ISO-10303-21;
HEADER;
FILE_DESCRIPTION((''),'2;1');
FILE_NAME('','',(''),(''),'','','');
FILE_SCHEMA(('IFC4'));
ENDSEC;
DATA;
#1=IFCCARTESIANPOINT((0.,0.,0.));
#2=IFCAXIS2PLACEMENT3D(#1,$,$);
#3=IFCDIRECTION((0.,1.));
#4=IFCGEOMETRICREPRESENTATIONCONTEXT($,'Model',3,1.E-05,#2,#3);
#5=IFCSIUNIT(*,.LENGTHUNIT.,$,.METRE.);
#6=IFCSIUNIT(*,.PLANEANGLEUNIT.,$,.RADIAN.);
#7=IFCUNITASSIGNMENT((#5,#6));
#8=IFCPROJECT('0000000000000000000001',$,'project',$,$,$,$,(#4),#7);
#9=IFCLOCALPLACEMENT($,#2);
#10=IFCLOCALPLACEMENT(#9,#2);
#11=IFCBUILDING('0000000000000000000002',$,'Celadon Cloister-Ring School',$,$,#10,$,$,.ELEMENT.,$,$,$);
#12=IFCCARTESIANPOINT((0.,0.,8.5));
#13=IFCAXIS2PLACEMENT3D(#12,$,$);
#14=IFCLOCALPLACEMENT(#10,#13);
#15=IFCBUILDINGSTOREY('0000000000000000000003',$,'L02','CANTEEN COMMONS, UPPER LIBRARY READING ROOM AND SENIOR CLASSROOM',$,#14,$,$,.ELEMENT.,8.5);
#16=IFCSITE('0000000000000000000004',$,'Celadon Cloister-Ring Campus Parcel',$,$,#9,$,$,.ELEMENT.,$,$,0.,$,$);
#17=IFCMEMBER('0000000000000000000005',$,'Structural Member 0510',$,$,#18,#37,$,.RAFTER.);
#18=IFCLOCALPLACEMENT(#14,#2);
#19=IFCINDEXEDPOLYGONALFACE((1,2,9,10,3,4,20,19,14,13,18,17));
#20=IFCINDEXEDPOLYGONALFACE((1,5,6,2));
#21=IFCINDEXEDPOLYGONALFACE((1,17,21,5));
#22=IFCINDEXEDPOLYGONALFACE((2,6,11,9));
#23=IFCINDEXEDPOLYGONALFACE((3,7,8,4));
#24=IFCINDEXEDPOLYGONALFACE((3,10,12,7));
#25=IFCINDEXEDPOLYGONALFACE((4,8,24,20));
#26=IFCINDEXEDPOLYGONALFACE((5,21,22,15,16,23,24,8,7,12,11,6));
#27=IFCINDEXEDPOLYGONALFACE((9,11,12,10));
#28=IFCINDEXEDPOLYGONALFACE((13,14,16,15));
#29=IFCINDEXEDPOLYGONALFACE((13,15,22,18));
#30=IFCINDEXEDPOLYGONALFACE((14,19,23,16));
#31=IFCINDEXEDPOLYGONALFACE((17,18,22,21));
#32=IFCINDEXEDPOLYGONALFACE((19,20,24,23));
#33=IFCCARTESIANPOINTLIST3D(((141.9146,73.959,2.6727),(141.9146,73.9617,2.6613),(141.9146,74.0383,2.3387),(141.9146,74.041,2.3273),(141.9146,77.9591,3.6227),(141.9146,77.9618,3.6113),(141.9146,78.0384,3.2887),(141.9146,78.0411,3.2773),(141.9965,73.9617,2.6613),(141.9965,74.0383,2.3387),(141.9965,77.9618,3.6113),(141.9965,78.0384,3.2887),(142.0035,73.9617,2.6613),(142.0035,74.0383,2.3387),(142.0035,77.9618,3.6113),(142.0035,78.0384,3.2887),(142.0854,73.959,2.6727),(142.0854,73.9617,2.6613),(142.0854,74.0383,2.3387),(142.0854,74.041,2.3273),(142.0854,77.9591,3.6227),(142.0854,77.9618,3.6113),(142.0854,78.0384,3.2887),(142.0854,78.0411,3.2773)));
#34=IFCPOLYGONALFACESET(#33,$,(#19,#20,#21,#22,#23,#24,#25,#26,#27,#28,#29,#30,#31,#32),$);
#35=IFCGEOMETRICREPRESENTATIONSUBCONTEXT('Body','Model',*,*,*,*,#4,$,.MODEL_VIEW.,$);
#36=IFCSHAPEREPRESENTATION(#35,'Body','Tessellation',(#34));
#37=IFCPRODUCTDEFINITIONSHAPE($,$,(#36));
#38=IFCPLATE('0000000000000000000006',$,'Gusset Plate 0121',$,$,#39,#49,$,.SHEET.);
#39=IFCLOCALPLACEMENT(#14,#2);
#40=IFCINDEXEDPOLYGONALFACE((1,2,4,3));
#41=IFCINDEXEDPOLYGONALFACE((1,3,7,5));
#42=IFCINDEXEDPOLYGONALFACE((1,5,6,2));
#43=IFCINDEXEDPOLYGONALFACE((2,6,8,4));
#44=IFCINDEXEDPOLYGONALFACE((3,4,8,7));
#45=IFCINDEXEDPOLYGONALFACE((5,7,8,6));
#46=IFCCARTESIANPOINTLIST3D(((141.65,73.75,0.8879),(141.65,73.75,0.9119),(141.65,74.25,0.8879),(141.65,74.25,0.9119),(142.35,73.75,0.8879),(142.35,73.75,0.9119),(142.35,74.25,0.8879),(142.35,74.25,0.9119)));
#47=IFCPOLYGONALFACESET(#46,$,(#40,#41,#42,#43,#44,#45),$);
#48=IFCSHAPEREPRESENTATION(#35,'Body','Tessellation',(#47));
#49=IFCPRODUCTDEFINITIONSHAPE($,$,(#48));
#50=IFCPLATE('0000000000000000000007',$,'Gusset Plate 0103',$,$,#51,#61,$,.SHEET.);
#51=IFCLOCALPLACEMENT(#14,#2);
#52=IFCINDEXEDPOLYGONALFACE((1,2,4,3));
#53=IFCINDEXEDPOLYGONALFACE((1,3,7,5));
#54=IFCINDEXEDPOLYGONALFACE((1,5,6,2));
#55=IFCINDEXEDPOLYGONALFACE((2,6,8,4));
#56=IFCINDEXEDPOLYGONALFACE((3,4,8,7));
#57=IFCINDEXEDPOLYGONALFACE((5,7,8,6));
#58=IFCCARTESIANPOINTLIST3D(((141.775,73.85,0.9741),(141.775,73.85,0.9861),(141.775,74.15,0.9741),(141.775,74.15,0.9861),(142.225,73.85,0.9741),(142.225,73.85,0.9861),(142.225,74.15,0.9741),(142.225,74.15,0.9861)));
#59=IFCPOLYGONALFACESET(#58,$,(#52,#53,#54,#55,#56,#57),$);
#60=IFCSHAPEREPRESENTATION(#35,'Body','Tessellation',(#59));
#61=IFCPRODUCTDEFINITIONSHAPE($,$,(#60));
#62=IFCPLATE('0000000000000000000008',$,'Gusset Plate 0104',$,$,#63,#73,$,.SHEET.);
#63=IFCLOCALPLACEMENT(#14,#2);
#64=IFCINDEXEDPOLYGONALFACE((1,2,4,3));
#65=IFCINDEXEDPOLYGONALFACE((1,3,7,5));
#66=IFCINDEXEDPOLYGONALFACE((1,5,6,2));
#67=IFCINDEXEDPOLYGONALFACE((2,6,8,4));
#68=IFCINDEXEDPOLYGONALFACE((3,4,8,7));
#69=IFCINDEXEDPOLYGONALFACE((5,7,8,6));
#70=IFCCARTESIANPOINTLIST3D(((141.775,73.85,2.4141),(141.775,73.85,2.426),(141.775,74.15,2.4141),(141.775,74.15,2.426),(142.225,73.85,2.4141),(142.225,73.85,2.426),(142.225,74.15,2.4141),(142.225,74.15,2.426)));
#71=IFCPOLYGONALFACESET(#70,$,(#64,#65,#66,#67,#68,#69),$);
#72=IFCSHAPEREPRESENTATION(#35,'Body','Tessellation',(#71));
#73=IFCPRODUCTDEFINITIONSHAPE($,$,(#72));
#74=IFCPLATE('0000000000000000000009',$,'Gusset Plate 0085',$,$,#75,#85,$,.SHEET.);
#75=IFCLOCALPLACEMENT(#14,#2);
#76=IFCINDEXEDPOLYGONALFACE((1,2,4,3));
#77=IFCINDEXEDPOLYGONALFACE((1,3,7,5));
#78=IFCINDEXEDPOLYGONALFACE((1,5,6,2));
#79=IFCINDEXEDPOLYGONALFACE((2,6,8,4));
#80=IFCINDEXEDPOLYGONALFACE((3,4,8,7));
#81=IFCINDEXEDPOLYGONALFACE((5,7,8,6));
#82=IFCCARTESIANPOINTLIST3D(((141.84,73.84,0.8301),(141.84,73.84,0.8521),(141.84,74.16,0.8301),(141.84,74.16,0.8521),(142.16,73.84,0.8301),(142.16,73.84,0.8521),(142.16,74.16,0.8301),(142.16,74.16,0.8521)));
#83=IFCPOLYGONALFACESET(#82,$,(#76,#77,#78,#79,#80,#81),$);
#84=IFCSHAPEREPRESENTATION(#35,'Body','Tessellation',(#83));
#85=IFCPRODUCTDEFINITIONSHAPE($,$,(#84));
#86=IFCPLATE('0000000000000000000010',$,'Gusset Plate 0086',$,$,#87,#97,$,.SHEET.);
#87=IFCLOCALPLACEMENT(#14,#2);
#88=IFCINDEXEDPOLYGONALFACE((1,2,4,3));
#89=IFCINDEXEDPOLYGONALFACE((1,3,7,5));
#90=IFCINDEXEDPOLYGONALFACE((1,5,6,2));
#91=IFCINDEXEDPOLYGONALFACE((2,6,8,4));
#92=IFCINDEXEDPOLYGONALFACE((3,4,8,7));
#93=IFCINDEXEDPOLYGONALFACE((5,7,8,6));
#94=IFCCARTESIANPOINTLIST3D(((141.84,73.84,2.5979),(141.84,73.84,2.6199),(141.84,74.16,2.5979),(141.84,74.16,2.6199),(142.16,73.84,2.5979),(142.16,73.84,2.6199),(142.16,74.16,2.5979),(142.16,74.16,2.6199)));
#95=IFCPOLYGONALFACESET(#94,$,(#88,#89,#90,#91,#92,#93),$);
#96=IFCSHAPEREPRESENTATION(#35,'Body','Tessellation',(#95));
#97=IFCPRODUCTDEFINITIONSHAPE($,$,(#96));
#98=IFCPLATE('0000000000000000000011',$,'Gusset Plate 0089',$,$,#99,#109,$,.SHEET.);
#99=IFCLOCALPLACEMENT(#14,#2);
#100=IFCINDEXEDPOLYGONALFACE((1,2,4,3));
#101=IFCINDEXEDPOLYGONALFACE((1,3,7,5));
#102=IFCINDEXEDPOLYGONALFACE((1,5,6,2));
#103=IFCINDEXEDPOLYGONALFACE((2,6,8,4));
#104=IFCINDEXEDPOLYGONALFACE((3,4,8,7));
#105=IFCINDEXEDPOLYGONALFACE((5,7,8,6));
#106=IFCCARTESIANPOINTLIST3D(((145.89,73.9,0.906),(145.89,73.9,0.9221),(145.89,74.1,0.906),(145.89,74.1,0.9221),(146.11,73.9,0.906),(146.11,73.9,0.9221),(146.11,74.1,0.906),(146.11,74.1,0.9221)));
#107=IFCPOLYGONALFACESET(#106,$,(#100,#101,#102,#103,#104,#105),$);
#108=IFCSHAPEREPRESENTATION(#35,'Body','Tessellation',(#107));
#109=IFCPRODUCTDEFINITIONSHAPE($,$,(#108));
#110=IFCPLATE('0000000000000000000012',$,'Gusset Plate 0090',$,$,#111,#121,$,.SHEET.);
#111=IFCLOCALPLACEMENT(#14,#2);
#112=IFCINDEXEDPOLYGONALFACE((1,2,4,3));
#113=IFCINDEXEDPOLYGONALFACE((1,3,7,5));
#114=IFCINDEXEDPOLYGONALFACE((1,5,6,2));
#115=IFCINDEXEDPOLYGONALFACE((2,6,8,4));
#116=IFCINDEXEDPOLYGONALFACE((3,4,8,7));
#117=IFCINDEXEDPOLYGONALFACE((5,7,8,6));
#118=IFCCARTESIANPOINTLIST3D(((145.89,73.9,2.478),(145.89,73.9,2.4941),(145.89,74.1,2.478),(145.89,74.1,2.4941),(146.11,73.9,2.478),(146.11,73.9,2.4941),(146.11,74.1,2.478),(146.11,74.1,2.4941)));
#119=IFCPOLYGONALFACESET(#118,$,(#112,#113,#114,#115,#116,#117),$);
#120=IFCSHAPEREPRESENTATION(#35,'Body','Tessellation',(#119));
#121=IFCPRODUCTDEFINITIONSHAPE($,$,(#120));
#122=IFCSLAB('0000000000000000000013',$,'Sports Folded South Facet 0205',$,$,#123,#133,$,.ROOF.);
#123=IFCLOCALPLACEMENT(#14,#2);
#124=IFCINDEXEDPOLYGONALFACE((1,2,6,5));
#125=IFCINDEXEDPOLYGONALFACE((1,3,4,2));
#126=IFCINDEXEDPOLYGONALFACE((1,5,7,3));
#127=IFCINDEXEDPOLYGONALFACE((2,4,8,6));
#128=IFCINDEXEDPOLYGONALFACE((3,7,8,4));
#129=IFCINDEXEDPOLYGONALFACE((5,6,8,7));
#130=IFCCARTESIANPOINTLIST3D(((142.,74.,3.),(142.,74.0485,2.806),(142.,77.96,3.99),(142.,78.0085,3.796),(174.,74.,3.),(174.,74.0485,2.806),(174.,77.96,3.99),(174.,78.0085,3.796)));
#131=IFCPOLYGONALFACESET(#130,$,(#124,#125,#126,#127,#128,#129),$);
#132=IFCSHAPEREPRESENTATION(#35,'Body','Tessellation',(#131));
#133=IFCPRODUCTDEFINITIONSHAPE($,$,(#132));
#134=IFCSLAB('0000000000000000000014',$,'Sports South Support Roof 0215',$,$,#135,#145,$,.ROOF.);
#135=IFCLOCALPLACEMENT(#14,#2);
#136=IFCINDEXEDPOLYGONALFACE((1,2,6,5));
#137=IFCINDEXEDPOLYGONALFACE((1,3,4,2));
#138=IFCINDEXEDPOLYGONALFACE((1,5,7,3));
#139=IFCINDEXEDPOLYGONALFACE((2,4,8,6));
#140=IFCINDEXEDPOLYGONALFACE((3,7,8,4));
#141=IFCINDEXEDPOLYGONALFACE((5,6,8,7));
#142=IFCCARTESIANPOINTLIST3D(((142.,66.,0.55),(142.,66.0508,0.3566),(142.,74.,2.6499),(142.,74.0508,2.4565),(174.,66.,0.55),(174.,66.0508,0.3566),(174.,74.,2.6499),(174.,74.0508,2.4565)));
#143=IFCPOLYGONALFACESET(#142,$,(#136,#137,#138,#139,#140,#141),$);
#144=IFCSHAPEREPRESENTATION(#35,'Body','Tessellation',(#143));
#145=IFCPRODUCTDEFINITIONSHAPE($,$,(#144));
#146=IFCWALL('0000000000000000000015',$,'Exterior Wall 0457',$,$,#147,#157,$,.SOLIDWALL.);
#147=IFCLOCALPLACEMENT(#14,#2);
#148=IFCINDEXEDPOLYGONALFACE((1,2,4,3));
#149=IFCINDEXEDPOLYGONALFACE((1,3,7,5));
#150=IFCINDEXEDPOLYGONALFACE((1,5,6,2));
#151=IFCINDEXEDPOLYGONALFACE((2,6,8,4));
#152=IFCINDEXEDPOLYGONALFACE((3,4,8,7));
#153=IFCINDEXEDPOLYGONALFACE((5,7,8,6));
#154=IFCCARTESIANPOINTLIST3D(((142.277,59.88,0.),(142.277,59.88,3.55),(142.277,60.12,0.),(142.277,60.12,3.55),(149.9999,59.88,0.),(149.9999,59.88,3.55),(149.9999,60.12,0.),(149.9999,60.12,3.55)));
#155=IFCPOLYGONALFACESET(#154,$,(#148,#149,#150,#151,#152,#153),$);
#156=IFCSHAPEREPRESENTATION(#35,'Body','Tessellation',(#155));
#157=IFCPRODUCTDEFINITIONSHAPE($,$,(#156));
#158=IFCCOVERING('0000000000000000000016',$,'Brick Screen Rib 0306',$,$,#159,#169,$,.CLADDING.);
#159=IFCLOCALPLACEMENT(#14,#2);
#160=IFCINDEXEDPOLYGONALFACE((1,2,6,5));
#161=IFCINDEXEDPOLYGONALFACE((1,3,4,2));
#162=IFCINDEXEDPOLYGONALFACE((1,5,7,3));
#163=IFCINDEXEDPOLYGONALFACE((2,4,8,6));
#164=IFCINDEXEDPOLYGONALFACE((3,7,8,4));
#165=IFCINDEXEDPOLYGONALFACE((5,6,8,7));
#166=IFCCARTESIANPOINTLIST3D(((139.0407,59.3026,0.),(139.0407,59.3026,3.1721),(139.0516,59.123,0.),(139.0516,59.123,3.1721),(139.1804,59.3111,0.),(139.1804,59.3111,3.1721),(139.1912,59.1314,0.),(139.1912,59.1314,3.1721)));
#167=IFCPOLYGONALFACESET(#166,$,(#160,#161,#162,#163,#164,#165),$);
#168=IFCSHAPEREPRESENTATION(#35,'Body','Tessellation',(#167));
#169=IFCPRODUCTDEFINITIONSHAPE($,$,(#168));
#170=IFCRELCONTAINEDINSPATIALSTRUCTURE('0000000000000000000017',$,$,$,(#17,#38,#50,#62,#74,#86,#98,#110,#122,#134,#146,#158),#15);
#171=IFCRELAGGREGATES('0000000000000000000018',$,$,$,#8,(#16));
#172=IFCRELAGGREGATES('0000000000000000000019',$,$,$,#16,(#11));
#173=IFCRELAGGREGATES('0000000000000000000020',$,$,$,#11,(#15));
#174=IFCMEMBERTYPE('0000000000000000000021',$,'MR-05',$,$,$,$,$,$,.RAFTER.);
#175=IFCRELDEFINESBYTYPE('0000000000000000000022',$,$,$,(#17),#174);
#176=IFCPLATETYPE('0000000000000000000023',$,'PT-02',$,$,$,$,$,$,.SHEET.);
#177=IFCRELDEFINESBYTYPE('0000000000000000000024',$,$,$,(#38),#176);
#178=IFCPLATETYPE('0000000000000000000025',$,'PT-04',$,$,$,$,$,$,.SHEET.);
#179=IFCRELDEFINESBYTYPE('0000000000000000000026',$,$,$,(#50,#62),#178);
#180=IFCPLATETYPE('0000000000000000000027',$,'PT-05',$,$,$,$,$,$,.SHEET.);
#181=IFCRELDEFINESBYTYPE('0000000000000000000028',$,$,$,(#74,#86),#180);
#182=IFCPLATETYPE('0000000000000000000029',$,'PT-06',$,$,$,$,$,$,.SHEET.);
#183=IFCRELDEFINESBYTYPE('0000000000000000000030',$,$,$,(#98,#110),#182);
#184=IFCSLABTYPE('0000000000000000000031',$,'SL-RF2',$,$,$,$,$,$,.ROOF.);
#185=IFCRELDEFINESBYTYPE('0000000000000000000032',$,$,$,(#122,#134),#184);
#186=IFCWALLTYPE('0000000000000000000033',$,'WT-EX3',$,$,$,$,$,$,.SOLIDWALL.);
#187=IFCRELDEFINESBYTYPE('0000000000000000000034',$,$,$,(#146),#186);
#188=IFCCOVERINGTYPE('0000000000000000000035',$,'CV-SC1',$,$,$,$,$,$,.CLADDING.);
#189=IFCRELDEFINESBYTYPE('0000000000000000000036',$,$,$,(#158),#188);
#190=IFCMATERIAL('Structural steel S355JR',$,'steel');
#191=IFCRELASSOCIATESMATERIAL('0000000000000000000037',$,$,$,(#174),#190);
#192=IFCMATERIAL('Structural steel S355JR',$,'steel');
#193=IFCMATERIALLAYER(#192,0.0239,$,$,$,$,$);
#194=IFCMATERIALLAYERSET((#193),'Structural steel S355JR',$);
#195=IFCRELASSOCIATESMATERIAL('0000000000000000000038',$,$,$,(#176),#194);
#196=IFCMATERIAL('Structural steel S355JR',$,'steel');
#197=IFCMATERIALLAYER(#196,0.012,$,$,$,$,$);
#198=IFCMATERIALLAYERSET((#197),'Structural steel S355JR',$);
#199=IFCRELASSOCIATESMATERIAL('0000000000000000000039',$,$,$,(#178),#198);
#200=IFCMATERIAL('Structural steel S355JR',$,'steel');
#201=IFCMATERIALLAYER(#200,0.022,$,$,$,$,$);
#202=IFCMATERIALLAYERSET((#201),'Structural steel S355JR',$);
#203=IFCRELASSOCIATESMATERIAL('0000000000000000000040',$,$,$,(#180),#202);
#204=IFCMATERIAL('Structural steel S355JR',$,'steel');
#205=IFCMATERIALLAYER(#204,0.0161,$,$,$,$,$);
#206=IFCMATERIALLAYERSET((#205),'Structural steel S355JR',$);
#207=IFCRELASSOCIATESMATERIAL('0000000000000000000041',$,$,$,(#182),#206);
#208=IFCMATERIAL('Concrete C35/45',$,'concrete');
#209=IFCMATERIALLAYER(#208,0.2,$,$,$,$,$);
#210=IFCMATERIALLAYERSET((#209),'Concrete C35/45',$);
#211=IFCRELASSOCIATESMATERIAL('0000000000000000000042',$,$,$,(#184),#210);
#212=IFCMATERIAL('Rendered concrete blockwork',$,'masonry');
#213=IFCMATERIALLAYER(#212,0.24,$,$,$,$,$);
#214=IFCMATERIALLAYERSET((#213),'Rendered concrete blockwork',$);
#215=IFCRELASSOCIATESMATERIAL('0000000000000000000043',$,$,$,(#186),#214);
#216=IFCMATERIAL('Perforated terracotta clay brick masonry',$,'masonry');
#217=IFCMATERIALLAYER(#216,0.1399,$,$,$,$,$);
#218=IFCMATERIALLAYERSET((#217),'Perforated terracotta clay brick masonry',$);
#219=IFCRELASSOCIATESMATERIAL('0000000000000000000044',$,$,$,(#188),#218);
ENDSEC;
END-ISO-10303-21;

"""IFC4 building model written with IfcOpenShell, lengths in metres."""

from ifc_helpers import new_model, si_unit, direction, frame, frame_2d, origin, origin_2d, place, context, subcontext, project, spatial, polyline, rectangle, i_section, outline, extrude, material, layer, layer_set, material_profile, profile_set, type_object, element, save


model = new_model("IFC4")

# Units and contexts
model_context = context("Model", 3, precision=1e-05, world=origin(), true_north=direction((0.0, 1.0)))
body_context = subcontext(model_context, "Body", "Model", "MODEL_VIEW")
ifc_project = project(units=[si_unit("LENGTHUNIT", "METRE"), si_unit("PLANEANGLEUNIT", "RADIAN")], contexts=[model_context])

# Site, building, storey
site_placement = place(None, origin())
site = spatial("IfcSite", under=ifc_project, at=site_placement, Name="Celadon Cloister-Ring Campus Parcel", CompositionType="ELEMENT", RefElevation=0.0)
building_placement = place(site_placement, origin())
building = spatial("IfcBuilding", under=site, at=building_placement, Name="Celadon Cloister-Ring School", CompositionType="ELEMENT")
storey_placement = place(building_placement, frame((0.0, 0.0, 8.5)))
storey = spatial("IfcBuildingStorey", under=building, at=storey_placement, Name="L02", Description="CANTEEN COMMONS, UPPER LIBRARY READING ROOM AND SENIOR CLASSROOM", CompositionType="ELEMENT", Elevation=8.5)

# Member
ifc_material_1 = material(Name="Structural steel S355JR", Category="steel")
ifc_material_profile_1 = material_profile(ifc_material_1, i_section(OverallWidth=0.1709, OverallDepth=0.355, WebThickness=0.0071, FlangeThickness=0.0117, at=origin_2d()), Name="W360X51")
ifc_profile_set_1 = profile_set([ifc_material_profile_1], Name="Structural steel S355JR")
member_type_1 = type_object("IfcMemberType", Name="MR-05", PredefinedType="RAFTER", material=ifc_profile_set_1)
member_1_placement = place(storey_placement, frame((142.0, 74.0, 2.5), z_axis=(0.0, 0.972939, 0.231061), x_axis=(-1.0, 0.0, 0.0)))
element("IfcMember", 1, at=member_1_placement, inside=storey, type_object=member_type_1, Name="Structural Member 0510", PredefinedType="RAFTER", context=body_context, shape_type="SweptSolid", body=[
    extrude(i_section(OverallWidth=0.1709, OverallDepth=0.355, WebThickness=0.0071, FlangeThickness=0.0117, at=origin_2d()), origin(), (0.0, 0.0, 1.0), 4.1113),
])

# Plates
ifc_material_2 = material(Name="Structural steel S355JR", Category="steel")
ifc_layer_1 = layer(ifc_material_2, 0.0239)
ifc_layer_set_1 = layer_set([ifc_layer_1], Name="Structural steel S355JR")
plate_type_1 = type_object("IfcPlateType", Name="PT-02", PredefinedType="SHEET", material=ifc_layer_set_1)
plate_placement = place(storey_placement, frame((142.0, 74.0, 0.8879), z_axis=(0.0, 0.0, 1.0), x_axis=(1.0, 0.0, 0.0)))
element("IfcPlate", 2, at=plate_placement, inside=storey, type_object=plate_type_1, Name="Gusset Plate 0121", PredefinedType="SHEET", context=body_context, shape_type="SweptSolid", body=[
    extrude(rectangle(XDim=0.7, YDim=0.5, at=origin_2d()), origin(), (0.0, 0.0, 1.0), 0.0239),
])
ifc_material_3 = material(Name="Structural steel S355JR", Category="steel")
ifc_layer_2 = layer(ifc_material_3, 0.012)
ifc_layer_set_2 = layer_set([ifc_layer_2], Name="Structural steel S355JR")
plate_type_2 = type_object("IfcPlateType", Name="PT-04", PredefinedType="SHEET", material=ifc_layer_set_2)
for number, where, z_axis, x_axis, name in (
    (3, (142.0, 74.0, 0.9741), (0.0, 0.0, 1.0), (1.0, 0.0, 0.0), "Gusset Plate 0103"),
    (4, (142.0, 74.0, 2.4141), (0.0, 0.0, 1.0), (1.0, 0.0, 0.0), "Gusset Plate 0104"),
):
    element("IfcPlate", number, at=place(storey_placement, frame(where, z_axis=z_axis, x_axis=x_axis)), inside=storey, type_object=plate_type_2, Name=name, PredefinedType="SHEET", context=body_context, shape_type="SweptSolid", body=[
        extrude(rectangle(XDim=0.45, YDim=0.3, at=origin_2d()), origin(), (0.0, 0.0, 1.0), 0.012),
    ])
ifc_material_4 = material(Name="Structural steel S355JR", Category="steel")
ifc_layer_3 = layer(ifc_material_4, 0.022)
ifc_layer_set_3 = layer_set([ifc_layer_3], Name="Structural steel S355JR")
plate_type_3 = type_object("IfcPlateType", Name="PT-05", PredefinedType="SHEET", material=ifc_layer_set_3)
for number, where, z_axis, x_axis, name in (
    (5, (142.0, 74.0, 0.8301), (0.0, 0.0, 1.0), (1.0, 0.0, 0.0), "Gusset Plate 0085"),
    (6, (142.0, 74.0, 2.5979), (0.0, 0.0, 1.0), (1.0, 0.0, 0.0), "Gusset Plate 0086"),
):
    element("IfcPlate", number, at=place(storey_placement, frame(where, z_axis=z_axis, x_axis=x_axis)), inside=storey, type_object=plate_type_3, Name=name, PredefinedType="SHEET", context=body_context, shape_type="SweptSolid", body=[
        extrude(rectangle(XDim=0.3201, YDim=0.3201, at=origin_2d()), origin(), (0.0, 0.0, 1.0), 0.022),
    ])
ifc_material_5 = material(Name="Structural steel S355JR", Category="steel")
ifc_layer_4 = layer(ifc_material_5, 0.0161)
ifc_layer_set_4 = layer_set([ifc_layer_4], Name="Structural steel S355JR")
plate_type_4 = type_object("IfcPlateType", Name="PT-06", PredefinedType="SHEET", material=ifc_layer_set_4)
for number, where, z_axis, x_axis, name in (
    (7, (146.0, 74.0, 0.906), (0.0, 0.0, 1.0), (1.0, 0.0, 0.0), "Gusset Plate 0089"),
    (8, (146.0, 74.0, 2.478), (0.0, 0.0, 1.0), (1.0, 0.0, 0.0), "Gusset Plate 0090"),
):
    element("IfcPlate", number, at=place(storey_placement, frame(where, z_axis=z_axis, x_axis=x_axis)), inside=storey, type_object=plate_type_4, Name=name, PredefinedType="SHEET", context=body_context, shape_type="SweptSolid", body=[
        extrude(rectangle(XDim=0.22, YDim=0.2, at=origin_2d()), origin(), (0.0, 0.0, 1.0), 0.0161),
    ])

# Slabs
ifc_material_6 = material(Name="Concrete C35/45", Category="concrete")
ifc_layer_5 = layer(ifc_material_6, 0.2)
ifc_layer_set_5 = layer_set([ifc_layer_5], Name="Concrete C35/45")
slab_type = type_object("IfcSlabType", Name="SL-RF2", PredefinedType="ROOF", material=ifc_layer_set_5)
slab_1_placement = place(storey_placement, frame((142.0, 74.0, 3.0), z_axis=(0.0, -0.242536, 0.970143), x_axis=(1.0, 0.0, 0.0)))
element("IfcSlab", 9, at=slab_1_placement, inside=storey, type_object=slab_type, Name="Sports Folded South Facet 0205", PredefinedType="ROOF", context=body_context, shape_type="SweptSolid", body=[
    extrude(outline(polyline([(0.0, 0.0), (32.0, 0.0), (32.0, 4.0818), (0.0, 4.0818), (0.0, 0.0)])), origin(), (0.0, 0.0, -1.0), 0.2),
])
slab_2_placement = place(storey_placement, frame((142.0, 66.0, 0.55), z_axis=(0.0, -0.253882, 0.967235), x_axis=(1.0, 0.0, 0.0)))
element("IfcSlab", 10, at=slab_2_placement, inside=storey, type_object=slab_type, Name="Sports South Support Roof 0215", PredefinedType="ROOF", context=body_context, shape_type="SweptSolid", body=[
    extrude(outline(polyline([(0.0, 0.0), (32.0, 0.0), (32.0, 8.271), (0.0, 8.271), (0.0, 0.0)])), origin(), (0.0, 0.0, -1.0), 0.2),
])

# Wall
ifc_material_7 = material(Name="Rendered concrete blockwork", Category="masonry")
ifc_layer_6 = layer(ifc_material_7, 0.24)
ifc_layer_set_6 = layer_set([ifc_layer_6], Name="Rendered concrete blockwork")
wall_type = type_object("IfcWallType", Name="WT-EX3", PredefinedType="SOLIDWALL", material=ifc_layer_set_6)
wall_placement = place(storey_placement, frame((142.2771, 60.0, 0.0), z_axis=(0.0, 0.0, 1.0), x_axis=(1.0, 0.0, 0.0)))
element("IfcWall", 11, at=wall_placement, inside=storey, type_object=wall_type, Name="Exterior Wall 0457", PredefinedType="SOLIDWALL", context=body_context, shape_type="SweptSolid", body=[
    extrude(rectangle(XDim=7.7229, YDim=0.24, at=frame_2d((3.8613, 0.0))), origin(), (0.0, 0.0, 1.0), 3.55),
])

# Covering
ifc_material_8 = material(Name="Perforated terracotta clay brick masonry", Category="masonry")
ifc_layer_7 = layer(ifc_material_8, 0.1399)
ifc_layer_set_7 = layer_set([ifc_layer_7], Name="Perforated terracotta clay brick masonry")
covering_type = type_object("IfcCoveringType", Name="CV-SC1", PredefinedType="CLADDING", material=ifc_layer_set_7)
covering_placement = place(storey_placement, frame((139.116, 59.217, 0.0), z_axis=(0.0, 0.0, 1.0), x_axis=(0.060143, -0.99819, 0.0)))
element("IfcCovering", 12, at=covering_placement, inside=storey, type_object=covering_type, Name="Brick Screen Rib 0306", PredefinedType="CLADDING", context=body_context, shape_type="SweptSolid", body=[
    extrude(rectangle(XDim=0.1799, YDim=0.1399, at=origin_2d()), origin(), (0.0, 0.0, 1.0), 3.1721),
])

save(model, "model.ifc")
